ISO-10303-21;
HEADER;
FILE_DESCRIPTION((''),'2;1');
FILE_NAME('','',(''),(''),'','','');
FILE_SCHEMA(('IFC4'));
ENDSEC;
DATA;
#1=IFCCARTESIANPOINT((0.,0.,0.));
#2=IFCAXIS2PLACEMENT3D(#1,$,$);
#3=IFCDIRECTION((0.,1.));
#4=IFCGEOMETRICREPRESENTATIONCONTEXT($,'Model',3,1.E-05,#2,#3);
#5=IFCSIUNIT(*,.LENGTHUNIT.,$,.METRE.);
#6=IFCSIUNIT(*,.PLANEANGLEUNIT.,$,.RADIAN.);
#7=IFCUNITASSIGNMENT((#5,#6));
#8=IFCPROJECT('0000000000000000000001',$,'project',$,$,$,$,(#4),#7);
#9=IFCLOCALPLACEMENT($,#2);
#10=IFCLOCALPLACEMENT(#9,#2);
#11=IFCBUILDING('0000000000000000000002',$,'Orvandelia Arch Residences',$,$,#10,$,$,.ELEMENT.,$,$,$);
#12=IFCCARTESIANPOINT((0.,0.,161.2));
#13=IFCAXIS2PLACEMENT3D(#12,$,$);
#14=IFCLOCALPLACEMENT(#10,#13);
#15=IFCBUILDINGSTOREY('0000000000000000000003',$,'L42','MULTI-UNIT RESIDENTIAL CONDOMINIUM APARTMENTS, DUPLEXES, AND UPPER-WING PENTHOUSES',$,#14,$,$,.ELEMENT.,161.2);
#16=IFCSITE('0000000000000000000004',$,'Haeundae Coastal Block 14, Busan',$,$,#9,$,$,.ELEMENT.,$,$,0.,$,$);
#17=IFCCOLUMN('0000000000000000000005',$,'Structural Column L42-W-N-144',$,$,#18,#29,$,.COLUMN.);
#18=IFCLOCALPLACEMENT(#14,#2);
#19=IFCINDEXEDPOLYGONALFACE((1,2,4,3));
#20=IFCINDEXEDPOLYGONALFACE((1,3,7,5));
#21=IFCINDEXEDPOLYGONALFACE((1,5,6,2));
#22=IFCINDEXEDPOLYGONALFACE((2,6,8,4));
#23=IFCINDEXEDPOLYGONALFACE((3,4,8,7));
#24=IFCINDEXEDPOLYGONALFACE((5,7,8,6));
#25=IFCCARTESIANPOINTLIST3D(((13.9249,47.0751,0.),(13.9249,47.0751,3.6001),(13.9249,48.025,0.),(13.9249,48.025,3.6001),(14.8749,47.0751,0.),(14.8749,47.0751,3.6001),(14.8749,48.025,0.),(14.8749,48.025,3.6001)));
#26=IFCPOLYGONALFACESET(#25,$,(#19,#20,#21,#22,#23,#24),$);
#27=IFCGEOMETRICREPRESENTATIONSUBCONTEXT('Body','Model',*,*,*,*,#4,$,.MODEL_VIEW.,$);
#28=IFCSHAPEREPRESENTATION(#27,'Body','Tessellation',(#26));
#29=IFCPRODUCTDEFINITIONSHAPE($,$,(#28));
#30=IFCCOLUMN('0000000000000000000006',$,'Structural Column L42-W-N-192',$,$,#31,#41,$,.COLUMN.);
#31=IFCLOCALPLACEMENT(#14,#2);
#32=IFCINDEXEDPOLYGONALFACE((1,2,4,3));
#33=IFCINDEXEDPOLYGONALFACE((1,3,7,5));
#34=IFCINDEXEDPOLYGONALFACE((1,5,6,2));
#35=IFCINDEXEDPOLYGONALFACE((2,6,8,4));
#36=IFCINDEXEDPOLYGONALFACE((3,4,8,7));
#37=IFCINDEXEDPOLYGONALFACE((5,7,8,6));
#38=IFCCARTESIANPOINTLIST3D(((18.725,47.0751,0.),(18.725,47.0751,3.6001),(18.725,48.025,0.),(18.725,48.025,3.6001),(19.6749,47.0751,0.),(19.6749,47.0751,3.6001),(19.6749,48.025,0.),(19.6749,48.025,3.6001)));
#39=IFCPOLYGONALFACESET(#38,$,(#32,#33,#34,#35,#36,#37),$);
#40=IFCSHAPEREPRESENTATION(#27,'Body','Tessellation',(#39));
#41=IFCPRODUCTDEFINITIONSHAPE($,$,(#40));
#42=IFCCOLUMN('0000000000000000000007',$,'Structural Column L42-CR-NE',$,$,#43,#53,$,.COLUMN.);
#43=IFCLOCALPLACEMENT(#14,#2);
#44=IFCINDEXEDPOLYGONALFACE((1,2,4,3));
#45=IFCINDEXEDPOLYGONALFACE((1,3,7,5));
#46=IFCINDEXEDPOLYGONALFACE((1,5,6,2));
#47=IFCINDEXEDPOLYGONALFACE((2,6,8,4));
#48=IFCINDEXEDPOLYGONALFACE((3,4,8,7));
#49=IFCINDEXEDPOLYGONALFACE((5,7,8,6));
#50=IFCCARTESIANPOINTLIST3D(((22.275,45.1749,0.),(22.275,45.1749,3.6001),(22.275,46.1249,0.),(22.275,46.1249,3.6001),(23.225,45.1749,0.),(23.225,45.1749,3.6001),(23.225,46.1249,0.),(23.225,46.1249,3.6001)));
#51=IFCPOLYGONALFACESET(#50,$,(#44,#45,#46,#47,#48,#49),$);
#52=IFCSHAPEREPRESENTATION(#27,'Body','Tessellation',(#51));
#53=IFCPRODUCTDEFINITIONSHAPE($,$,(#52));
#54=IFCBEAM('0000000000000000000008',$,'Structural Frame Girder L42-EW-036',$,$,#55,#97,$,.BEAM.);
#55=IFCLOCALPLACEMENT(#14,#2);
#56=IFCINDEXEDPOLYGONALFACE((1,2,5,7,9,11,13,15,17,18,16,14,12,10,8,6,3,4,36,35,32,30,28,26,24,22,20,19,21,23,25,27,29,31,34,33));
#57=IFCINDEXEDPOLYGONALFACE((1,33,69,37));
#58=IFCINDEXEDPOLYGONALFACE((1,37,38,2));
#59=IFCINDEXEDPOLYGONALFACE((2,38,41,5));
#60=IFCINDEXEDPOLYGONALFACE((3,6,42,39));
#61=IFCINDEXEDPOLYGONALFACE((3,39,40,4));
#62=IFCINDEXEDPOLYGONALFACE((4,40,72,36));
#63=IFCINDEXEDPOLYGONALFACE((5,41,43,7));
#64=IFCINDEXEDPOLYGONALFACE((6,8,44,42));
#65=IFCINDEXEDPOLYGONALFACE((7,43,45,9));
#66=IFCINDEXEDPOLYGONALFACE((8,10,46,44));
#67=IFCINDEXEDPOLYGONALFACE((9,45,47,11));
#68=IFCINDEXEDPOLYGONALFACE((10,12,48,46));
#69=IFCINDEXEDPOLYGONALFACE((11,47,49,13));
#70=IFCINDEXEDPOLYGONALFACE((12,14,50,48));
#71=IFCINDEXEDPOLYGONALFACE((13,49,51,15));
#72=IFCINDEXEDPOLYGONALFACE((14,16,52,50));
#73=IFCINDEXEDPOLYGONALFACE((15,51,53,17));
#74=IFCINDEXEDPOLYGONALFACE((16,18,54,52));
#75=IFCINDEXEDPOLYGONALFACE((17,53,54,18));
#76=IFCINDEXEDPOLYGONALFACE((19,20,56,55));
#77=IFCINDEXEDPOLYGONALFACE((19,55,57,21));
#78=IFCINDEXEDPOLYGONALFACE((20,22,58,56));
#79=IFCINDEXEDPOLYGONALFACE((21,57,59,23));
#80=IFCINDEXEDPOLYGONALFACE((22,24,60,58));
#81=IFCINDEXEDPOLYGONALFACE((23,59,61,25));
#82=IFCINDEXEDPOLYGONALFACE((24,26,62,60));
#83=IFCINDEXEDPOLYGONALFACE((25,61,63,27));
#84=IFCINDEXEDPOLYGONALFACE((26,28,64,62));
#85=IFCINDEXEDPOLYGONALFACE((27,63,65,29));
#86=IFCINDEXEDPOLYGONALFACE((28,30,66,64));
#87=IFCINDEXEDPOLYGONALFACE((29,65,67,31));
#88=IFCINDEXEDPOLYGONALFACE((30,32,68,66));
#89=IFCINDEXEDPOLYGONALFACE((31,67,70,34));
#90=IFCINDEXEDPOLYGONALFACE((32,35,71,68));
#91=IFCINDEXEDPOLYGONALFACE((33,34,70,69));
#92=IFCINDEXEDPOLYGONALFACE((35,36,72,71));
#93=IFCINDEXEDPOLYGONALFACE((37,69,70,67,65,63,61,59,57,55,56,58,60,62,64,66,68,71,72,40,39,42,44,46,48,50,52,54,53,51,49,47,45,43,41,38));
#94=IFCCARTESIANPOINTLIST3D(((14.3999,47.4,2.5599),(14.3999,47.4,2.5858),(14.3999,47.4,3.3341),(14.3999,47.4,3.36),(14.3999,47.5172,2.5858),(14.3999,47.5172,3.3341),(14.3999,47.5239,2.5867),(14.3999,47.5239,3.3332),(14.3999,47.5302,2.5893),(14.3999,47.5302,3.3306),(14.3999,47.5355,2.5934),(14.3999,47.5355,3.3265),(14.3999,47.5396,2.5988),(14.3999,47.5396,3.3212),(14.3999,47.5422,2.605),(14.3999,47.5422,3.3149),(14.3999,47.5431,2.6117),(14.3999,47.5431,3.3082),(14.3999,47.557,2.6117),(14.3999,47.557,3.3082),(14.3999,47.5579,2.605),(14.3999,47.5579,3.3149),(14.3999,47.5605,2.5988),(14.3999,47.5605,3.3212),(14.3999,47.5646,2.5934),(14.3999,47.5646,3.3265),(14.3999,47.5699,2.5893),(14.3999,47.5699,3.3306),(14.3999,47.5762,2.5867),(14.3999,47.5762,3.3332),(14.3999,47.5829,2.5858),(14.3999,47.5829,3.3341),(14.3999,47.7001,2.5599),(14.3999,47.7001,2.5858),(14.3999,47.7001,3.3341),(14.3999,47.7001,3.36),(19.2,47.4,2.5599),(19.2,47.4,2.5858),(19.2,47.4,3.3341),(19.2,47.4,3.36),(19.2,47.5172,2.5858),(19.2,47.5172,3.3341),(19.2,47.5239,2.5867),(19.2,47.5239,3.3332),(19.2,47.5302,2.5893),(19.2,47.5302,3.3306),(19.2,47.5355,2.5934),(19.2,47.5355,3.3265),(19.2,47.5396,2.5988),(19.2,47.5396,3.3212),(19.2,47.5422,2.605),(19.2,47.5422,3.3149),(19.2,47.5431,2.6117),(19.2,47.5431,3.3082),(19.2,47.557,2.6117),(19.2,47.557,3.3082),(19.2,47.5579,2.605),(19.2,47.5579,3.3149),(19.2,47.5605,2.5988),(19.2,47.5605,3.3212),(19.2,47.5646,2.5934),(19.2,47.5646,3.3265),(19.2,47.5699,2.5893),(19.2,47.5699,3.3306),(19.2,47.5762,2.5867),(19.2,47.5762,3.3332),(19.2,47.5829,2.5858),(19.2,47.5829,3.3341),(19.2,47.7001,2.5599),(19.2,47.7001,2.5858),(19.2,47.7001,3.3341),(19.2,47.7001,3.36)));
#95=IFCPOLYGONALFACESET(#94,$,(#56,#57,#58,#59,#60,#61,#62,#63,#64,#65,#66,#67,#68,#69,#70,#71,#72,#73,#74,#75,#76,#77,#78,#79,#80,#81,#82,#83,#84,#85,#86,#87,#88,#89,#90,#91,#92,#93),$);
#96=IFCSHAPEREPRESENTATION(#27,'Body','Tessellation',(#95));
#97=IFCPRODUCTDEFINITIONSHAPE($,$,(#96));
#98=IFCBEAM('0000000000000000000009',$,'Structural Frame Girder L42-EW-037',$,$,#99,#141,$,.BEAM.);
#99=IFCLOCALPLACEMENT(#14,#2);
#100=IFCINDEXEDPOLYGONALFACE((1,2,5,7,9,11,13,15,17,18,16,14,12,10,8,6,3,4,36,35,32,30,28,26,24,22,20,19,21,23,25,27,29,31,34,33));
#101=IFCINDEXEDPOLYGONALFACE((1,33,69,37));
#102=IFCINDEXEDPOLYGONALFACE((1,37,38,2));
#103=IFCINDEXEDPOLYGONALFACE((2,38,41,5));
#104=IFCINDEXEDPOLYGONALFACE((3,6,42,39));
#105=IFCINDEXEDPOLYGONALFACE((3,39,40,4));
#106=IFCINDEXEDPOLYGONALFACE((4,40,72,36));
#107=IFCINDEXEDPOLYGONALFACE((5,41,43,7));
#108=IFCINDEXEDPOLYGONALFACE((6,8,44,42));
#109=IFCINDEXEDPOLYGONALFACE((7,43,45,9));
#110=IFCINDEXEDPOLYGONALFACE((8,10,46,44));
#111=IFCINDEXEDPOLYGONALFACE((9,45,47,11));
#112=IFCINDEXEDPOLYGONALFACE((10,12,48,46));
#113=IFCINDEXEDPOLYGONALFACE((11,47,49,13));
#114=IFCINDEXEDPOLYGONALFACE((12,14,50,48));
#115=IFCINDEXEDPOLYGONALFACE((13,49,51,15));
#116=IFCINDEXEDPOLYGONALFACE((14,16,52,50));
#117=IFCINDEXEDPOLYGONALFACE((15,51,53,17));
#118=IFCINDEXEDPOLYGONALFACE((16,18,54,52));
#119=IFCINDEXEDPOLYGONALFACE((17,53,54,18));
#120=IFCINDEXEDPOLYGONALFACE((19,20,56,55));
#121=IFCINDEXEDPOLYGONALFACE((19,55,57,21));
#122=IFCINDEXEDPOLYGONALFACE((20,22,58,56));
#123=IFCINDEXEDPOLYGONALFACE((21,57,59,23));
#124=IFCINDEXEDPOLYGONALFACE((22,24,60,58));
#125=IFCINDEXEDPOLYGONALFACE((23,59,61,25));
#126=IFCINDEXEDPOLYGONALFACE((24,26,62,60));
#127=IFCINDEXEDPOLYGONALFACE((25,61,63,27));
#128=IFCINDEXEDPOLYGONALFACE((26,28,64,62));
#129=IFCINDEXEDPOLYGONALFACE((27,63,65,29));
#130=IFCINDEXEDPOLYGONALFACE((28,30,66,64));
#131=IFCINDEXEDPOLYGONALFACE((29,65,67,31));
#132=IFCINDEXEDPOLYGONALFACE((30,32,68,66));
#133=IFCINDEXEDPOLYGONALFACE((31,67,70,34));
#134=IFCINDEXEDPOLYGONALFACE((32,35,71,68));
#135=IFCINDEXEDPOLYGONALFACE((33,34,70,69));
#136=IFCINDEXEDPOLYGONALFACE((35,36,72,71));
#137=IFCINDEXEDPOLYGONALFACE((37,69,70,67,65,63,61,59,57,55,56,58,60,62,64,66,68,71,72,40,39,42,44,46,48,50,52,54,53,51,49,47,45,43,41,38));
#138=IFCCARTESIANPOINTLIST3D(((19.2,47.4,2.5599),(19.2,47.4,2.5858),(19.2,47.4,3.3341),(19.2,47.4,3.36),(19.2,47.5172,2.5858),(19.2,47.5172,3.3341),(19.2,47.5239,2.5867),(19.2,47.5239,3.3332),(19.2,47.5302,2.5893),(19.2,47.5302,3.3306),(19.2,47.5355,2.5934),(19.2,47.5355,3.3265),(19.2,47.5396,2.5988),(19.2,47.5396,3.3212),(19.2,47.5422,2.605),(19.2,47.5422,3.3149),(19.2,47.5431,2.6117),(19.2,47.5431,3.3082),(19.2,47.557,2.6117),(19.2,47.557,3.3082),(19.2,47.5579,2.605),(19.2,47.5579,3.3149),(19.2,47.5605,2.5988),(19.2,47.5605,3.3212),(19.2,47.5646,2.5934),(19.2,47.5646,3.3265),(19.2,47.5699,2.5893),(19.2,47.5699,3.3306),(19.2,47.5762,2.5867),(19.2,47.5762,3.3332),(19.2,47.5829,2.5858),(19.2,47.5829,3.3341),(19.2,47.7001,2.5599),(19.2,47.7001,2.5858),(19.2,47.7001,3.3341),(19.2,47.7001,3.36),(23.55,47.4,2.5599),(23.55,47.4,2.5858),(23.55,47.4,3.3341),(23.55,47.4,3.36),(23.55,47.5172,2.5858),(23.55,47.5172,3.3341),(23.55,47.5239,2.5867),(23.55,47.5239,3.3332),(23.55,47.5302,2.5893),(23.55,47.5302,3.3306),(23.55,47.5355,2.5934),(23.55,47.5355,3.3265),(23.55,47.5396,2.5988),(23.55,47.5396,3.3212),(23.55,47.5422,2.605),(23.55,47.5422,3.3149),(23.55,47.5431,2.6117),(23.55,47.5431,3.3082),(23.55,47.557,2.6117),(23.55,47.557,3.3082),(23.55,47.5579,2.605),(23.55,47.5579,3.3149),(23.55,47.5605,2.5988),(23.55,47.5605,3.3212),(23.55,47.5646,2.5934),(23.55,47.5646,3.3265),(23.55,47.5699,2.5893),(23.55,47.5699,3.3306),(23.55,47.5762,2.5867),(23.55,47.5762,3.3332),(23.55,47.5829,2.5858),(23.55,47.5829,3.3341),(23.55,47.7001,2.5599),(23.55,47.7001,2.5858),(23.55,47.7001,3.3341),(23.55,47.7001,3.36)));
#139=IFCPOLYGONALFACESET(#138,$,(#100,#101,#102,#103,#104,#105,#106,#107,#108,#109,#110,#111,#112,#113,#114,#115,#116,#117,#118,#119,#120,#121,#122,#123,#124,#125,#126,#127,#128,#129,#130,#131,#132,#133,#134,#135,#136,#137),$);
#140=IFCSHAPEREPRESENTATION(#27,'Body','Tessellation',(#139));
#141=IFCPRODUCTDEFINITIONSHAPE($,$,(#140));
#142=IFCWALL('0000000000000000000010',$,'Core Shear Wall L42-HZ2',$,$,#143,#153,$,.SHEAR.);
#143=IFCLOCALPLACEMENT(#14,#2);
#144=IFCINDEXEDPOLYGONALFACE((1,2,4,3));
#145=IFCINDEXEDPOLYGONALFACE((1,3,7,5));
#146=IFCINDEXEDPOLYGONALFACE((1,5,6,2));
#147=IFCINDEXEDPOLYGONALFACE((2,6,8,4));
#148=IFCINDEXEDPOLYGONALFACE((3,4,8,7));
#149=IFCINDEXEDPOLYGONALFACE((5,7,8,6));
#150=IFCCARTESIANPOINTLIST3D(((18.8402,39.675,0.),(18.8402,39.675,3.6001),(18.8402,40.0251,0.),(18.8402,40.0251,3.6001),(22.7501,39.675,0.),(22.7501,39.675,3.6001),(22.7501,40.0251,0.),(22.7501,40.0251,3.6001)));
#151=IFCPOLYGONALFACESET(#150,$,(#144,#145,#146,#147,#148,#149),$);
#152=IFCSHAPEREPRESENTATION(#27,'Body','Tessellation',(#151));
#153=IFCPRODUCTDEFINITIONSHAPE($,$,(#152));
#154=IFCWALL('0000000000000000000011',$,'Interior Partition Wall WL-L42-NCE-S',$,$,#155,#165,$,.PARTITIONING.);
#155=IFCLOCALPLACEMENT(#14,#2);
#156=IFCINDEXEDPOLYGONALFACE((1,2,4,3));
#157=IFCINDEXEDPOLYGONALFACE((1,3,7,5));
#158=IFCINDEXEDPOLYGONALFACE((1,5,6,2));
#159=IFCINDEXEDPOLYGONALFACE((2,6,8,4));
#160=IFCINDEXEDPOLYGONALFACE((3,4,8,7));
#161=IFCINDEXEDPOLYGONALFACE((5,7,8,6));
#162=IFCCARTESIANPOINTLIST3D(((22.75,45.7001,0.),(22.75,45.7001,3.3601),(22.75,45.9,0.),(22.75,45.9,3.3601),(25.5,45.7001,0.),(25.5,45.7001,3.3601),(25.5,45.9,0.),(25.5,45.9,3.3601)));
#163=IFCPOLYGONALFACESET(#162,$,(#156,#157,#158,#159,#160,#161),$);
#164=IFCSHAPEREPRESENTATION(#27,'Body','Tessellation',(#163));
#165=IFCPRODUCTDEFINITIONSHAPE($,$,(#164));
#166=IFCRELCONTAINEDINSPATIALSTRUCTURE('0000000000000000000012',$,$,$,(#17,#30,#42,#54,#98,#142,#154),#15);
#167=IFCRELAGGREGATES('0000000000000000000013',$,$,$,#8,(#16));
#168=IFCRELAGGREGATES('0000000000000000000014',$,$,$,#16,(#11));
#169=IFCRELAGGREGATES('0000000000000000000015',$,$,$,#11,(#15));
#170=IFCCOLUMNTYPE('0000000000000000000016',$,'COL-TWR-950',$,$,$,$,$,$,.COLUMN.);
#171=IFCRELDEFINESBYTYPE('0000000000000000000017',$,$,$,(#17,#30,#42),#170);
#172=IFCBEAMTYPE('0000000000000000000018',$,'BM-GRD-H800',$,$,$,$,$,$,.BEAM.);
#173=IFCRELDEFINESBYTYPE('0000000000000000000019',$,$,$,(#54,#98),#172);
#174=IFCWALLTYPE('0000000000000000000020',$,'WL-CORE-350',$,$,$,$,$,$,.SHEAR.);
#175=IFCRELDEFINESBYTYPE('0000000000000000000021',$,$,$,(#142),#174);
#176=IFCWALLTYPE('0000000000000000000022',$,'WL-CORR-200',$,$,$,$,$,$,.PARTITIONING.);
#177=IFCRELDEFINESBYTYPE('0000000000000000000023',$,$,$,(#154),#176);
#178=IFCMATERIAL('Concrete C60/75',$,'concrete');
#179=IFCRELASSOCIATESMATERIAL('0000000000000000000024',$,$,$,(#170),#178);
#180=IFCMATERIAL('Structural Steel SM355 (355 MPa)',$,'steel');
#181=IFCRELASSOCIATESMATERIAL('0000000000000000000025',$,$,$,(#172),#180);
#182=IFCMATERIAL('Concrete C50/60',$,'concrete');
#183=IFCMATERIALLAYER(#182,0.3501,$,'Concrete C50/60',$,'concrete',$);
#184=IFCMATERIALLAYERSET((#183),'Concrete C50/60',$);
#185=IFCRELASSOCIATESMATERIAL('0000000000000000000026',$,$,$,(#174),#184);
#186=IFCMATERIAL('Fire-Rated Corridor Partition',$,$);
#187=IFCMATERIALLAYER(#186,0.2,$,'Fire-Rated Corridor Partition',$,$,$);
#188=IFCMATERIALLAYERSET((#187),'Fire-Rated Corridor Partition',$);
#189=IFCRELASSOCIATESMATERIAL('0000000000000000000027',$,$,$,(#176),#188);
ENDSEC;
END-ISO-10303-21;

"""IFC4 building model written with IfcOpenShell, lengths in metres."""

from ifc_helpers import new_model, si_unit, direction, frame, frame_2d, origin, origin_2d, place, context, subcontext, project, spatial, rectangle, i_section, extrude, material, layer, layer_set, material_profile, profile_set, type_object, element, save


model = new_model("IFC4")

# Units and contexts
model_context = context("Model", 3, precision=1e-05, world=origin(), true_north=direction((0.0, 1.0)))
body_context = subcontext(model_context, "Body", "Model", "MODEL_VIEW")
ifc_project = project(units=[si_unit("LENGTHUNIT", "METRE"), si_unit("PLANEANGLEUNIT", "RADIAN")], contexts=[model_context])

# Site, building, storey
site_placement = place(None, origin())
site = spatial("IfcSite", under=ifc_project, at=site_placement, Name="Haeundae Coastal Block 14, Busan", CompositionType="ELEMENT", RefElevation=0.0)
building_placement = place(site_placement, origin())
building = spatial("IfcBuilding", under=site, at=building_placement, Name="Orvandelia Arch Residences", CompositionType="ELEMENT")
storey_placement = place(building_placement, frame((0.0, 0.0, 161.2)))
storey = spatial("IfcBuildingStorey", under=building, at=storey_placement, Name="L42", Description="MULTI-UNIT RESIDENTIAL CONDOMINIUM APARTMENTS, DUPLEXES, AND UPPER-WING PENTHOUSES", CompositionType="ELEMENT", Elevation=161.2)

# Columns
ifc_material_1 = material(Name="Concrete C60/75", Category="concrete")
ifc_material_profile_1 = material_profile(ifc_material_1, rectangle(XDim=0.95, YDim=0.95, at=origin_2d()), Name="Concrete C60/75", Category="concrete")
ifc_profile_set_1 = profile_set([ifc_material_profile_1], Name="Concrete C60/75")
column_type = type_object("IfcColumnType", Name="COL-TWR-950", PredefinedType="COLUMN", material=ifc_profile_set_1)
for number, where, z_axis, x_axis, name in (
    (1, (14.3999, 47.55, 0.0), (0.0, 0.0, 1.0), (1.0, 0.0, 0.0), "Structural Column L42-W-N-144"),
    (2, (19.2, 47.55, 0.0), (0.0, 0.0, 1.0), (1.0, 0.0, 0.0), "Structural Column L42-W-N-192"),
    (3, (22.75, 45.6499, 0.0), (0.0, 0.0, 1.0), (1.0, 0.0, 0.0), "Structural Column L42-CR-NE"),
):
    element("IfcColumn", number, at=place(storey_placement, frame(where, z_axis=z_axis, x_axis=x_axis)), inside=storey, type_object=column_type, Name=name, PredefinedType="COLUMN", context=body_context, shape_type="SweptSolid", body=[
        extrude(rectangle(XDim=0.95, YDim=0.95, at=origin_2d()), origin(), (0.0, 0.0, 1.0), 3.6001),
    ])

# Beams
ifc_material_2 = material(Name="Structural Steel SM355 (355 MPa)", Category="steel")
ifc_material_profile_2 = material_profile(ifc_material_2, i_section(OverallWidth=0.3, OverallDepth=0.8, WebThickness=0.0139, FlangeThickness=0.0259, FilletRadius=0.0259, at=origin_2d()), Name="Structural Steel SM355 (355 MPa)", Category="steel")
ifc_profile_set_2 = profile_set([ifc_material_profile_2], Name="Structural Steel SM355 (355 MPa)")
beam_type = type_object("IfcBeamType", Name="BM-GRD-H800", PredefinedType="BEAM", material=ifc_profile_set_2)
beam_1_placement = place(storey_placement, frame((14.3999, 47.55, 2.96), z_axis=(1.0, 0.0, 0.0), x_axis=(0.0, 1.0, 0.0)))
element("IfcBeam", 4, at=beam_1_placement, inside=storey, type_object=beam_type, Name="Structural Frame Girder L42-EW-036", PredefinedType="BEAM", context=body_context, shape_type="SweptSolid", body=[
    extrude(i_section(OverallWidth=0.3, OverallDepth=0.8, WebThickness=0.0139, FlangeThickness=0.0259, FilletRadius=0.0259, at=origin_2d()), origin(), (0.0, 0.0, 1.0), 4.8),
])
beam_2_placement = place(storey_placement, frame((19.2, 47.55, 2.96), z_axis=(1.0, 0.0, 0.0), x_axis=(0.0, 1.0, 0.0)))
element("IfcBeam", 5, at=beam_2_placement, inside=storey, type_object=beam_type, Name="Structural Frame Girder L42-EW-037", PredefinedType="BEAM", context=body_context, shape_type="SweptSolid", body=[
    extrude(i_section(OverallWidth=0.3, OverallDepth=0.8, WebThickness=0.0139, FlangeThickness=0.0259, FilletRadius=0.0259, at=origin_2d()), origin(), (0.0, 0.0, 1.0), 4.3501),
])

# Walls
ifc_material_3 = material(Name="Concrete C50/60", Category="concrete")
ifc_layer_1 = layer(ifc_material_3, 0.3501, Name="Concrete C50/60", Category="concrete")
ifc_layer_set_1 = layer_set([ifc_layer_1], Name="Concrete C50/60")
wall_type_1 = type_object("IfcWallType", Name="WL-CORE-350", PredefinedType="SHEAR", material=ifc_layer_set_1)
wall_1_placement = place(storey_placement, frame((18.8401, 39.8501, 0.0), z_axis=(0.0, 0.0, 1.0), x_axis=(1.0, 0.0, 0.0)))
element("IfcWall", 6, at=wall_1_placement, inside=storey, type_object=wall_type_1, Name="Core Shear Wall L42-HZ2", PredefinedType="SHEAR", context=body_context, shape_type="SweptSolid", body=[
    extrude(rectangle(XDim=3.9099, YDim=0.3501, at=frame_2d((1.9551, 0.0))), origin(), (0.0, 0.0, 1.0), 3.6001),
])
ifc_material_4 = material(Name="Fire-Rated Corridor Partition")
ifc_layer_2 = layer(ifc_material_4, 0.2, Name="Fire-Rated Corridor Partition")
ifc_layer_set_2 = layer_set([ifc_layer_2], Name="Fire-Rated Corridor Partition")
wall_type_2 = type_object("IfcWallType", Name="WL-CORR-200", PredefinedType="PARTITIONING", material=ifc_layer_set_2)
wall_2_placement = place(storey_placement, frame((22.75, 45.8, 0.0), z_axis=(0.0, 0.0, 1.0), x_axis=(1.0, 0.0, 0.0)))
element("IfcWall", 7, at=wall_2_placement, inside=storey, type_object=wall_type_2, Name="Interior Partition Wall WL-L42-NCE-S", PredefinedType="PARTITIONING", context=body_context, shape_type="SweptSolid", body=[
    extrude(rectangle(XDim=2.75, YDim=0.2, at=frame_2d((1.375, 0.0))), origin(), (0.0, 0.0, 1.0), 3.3601),
])

save(model, "model.ifc")
